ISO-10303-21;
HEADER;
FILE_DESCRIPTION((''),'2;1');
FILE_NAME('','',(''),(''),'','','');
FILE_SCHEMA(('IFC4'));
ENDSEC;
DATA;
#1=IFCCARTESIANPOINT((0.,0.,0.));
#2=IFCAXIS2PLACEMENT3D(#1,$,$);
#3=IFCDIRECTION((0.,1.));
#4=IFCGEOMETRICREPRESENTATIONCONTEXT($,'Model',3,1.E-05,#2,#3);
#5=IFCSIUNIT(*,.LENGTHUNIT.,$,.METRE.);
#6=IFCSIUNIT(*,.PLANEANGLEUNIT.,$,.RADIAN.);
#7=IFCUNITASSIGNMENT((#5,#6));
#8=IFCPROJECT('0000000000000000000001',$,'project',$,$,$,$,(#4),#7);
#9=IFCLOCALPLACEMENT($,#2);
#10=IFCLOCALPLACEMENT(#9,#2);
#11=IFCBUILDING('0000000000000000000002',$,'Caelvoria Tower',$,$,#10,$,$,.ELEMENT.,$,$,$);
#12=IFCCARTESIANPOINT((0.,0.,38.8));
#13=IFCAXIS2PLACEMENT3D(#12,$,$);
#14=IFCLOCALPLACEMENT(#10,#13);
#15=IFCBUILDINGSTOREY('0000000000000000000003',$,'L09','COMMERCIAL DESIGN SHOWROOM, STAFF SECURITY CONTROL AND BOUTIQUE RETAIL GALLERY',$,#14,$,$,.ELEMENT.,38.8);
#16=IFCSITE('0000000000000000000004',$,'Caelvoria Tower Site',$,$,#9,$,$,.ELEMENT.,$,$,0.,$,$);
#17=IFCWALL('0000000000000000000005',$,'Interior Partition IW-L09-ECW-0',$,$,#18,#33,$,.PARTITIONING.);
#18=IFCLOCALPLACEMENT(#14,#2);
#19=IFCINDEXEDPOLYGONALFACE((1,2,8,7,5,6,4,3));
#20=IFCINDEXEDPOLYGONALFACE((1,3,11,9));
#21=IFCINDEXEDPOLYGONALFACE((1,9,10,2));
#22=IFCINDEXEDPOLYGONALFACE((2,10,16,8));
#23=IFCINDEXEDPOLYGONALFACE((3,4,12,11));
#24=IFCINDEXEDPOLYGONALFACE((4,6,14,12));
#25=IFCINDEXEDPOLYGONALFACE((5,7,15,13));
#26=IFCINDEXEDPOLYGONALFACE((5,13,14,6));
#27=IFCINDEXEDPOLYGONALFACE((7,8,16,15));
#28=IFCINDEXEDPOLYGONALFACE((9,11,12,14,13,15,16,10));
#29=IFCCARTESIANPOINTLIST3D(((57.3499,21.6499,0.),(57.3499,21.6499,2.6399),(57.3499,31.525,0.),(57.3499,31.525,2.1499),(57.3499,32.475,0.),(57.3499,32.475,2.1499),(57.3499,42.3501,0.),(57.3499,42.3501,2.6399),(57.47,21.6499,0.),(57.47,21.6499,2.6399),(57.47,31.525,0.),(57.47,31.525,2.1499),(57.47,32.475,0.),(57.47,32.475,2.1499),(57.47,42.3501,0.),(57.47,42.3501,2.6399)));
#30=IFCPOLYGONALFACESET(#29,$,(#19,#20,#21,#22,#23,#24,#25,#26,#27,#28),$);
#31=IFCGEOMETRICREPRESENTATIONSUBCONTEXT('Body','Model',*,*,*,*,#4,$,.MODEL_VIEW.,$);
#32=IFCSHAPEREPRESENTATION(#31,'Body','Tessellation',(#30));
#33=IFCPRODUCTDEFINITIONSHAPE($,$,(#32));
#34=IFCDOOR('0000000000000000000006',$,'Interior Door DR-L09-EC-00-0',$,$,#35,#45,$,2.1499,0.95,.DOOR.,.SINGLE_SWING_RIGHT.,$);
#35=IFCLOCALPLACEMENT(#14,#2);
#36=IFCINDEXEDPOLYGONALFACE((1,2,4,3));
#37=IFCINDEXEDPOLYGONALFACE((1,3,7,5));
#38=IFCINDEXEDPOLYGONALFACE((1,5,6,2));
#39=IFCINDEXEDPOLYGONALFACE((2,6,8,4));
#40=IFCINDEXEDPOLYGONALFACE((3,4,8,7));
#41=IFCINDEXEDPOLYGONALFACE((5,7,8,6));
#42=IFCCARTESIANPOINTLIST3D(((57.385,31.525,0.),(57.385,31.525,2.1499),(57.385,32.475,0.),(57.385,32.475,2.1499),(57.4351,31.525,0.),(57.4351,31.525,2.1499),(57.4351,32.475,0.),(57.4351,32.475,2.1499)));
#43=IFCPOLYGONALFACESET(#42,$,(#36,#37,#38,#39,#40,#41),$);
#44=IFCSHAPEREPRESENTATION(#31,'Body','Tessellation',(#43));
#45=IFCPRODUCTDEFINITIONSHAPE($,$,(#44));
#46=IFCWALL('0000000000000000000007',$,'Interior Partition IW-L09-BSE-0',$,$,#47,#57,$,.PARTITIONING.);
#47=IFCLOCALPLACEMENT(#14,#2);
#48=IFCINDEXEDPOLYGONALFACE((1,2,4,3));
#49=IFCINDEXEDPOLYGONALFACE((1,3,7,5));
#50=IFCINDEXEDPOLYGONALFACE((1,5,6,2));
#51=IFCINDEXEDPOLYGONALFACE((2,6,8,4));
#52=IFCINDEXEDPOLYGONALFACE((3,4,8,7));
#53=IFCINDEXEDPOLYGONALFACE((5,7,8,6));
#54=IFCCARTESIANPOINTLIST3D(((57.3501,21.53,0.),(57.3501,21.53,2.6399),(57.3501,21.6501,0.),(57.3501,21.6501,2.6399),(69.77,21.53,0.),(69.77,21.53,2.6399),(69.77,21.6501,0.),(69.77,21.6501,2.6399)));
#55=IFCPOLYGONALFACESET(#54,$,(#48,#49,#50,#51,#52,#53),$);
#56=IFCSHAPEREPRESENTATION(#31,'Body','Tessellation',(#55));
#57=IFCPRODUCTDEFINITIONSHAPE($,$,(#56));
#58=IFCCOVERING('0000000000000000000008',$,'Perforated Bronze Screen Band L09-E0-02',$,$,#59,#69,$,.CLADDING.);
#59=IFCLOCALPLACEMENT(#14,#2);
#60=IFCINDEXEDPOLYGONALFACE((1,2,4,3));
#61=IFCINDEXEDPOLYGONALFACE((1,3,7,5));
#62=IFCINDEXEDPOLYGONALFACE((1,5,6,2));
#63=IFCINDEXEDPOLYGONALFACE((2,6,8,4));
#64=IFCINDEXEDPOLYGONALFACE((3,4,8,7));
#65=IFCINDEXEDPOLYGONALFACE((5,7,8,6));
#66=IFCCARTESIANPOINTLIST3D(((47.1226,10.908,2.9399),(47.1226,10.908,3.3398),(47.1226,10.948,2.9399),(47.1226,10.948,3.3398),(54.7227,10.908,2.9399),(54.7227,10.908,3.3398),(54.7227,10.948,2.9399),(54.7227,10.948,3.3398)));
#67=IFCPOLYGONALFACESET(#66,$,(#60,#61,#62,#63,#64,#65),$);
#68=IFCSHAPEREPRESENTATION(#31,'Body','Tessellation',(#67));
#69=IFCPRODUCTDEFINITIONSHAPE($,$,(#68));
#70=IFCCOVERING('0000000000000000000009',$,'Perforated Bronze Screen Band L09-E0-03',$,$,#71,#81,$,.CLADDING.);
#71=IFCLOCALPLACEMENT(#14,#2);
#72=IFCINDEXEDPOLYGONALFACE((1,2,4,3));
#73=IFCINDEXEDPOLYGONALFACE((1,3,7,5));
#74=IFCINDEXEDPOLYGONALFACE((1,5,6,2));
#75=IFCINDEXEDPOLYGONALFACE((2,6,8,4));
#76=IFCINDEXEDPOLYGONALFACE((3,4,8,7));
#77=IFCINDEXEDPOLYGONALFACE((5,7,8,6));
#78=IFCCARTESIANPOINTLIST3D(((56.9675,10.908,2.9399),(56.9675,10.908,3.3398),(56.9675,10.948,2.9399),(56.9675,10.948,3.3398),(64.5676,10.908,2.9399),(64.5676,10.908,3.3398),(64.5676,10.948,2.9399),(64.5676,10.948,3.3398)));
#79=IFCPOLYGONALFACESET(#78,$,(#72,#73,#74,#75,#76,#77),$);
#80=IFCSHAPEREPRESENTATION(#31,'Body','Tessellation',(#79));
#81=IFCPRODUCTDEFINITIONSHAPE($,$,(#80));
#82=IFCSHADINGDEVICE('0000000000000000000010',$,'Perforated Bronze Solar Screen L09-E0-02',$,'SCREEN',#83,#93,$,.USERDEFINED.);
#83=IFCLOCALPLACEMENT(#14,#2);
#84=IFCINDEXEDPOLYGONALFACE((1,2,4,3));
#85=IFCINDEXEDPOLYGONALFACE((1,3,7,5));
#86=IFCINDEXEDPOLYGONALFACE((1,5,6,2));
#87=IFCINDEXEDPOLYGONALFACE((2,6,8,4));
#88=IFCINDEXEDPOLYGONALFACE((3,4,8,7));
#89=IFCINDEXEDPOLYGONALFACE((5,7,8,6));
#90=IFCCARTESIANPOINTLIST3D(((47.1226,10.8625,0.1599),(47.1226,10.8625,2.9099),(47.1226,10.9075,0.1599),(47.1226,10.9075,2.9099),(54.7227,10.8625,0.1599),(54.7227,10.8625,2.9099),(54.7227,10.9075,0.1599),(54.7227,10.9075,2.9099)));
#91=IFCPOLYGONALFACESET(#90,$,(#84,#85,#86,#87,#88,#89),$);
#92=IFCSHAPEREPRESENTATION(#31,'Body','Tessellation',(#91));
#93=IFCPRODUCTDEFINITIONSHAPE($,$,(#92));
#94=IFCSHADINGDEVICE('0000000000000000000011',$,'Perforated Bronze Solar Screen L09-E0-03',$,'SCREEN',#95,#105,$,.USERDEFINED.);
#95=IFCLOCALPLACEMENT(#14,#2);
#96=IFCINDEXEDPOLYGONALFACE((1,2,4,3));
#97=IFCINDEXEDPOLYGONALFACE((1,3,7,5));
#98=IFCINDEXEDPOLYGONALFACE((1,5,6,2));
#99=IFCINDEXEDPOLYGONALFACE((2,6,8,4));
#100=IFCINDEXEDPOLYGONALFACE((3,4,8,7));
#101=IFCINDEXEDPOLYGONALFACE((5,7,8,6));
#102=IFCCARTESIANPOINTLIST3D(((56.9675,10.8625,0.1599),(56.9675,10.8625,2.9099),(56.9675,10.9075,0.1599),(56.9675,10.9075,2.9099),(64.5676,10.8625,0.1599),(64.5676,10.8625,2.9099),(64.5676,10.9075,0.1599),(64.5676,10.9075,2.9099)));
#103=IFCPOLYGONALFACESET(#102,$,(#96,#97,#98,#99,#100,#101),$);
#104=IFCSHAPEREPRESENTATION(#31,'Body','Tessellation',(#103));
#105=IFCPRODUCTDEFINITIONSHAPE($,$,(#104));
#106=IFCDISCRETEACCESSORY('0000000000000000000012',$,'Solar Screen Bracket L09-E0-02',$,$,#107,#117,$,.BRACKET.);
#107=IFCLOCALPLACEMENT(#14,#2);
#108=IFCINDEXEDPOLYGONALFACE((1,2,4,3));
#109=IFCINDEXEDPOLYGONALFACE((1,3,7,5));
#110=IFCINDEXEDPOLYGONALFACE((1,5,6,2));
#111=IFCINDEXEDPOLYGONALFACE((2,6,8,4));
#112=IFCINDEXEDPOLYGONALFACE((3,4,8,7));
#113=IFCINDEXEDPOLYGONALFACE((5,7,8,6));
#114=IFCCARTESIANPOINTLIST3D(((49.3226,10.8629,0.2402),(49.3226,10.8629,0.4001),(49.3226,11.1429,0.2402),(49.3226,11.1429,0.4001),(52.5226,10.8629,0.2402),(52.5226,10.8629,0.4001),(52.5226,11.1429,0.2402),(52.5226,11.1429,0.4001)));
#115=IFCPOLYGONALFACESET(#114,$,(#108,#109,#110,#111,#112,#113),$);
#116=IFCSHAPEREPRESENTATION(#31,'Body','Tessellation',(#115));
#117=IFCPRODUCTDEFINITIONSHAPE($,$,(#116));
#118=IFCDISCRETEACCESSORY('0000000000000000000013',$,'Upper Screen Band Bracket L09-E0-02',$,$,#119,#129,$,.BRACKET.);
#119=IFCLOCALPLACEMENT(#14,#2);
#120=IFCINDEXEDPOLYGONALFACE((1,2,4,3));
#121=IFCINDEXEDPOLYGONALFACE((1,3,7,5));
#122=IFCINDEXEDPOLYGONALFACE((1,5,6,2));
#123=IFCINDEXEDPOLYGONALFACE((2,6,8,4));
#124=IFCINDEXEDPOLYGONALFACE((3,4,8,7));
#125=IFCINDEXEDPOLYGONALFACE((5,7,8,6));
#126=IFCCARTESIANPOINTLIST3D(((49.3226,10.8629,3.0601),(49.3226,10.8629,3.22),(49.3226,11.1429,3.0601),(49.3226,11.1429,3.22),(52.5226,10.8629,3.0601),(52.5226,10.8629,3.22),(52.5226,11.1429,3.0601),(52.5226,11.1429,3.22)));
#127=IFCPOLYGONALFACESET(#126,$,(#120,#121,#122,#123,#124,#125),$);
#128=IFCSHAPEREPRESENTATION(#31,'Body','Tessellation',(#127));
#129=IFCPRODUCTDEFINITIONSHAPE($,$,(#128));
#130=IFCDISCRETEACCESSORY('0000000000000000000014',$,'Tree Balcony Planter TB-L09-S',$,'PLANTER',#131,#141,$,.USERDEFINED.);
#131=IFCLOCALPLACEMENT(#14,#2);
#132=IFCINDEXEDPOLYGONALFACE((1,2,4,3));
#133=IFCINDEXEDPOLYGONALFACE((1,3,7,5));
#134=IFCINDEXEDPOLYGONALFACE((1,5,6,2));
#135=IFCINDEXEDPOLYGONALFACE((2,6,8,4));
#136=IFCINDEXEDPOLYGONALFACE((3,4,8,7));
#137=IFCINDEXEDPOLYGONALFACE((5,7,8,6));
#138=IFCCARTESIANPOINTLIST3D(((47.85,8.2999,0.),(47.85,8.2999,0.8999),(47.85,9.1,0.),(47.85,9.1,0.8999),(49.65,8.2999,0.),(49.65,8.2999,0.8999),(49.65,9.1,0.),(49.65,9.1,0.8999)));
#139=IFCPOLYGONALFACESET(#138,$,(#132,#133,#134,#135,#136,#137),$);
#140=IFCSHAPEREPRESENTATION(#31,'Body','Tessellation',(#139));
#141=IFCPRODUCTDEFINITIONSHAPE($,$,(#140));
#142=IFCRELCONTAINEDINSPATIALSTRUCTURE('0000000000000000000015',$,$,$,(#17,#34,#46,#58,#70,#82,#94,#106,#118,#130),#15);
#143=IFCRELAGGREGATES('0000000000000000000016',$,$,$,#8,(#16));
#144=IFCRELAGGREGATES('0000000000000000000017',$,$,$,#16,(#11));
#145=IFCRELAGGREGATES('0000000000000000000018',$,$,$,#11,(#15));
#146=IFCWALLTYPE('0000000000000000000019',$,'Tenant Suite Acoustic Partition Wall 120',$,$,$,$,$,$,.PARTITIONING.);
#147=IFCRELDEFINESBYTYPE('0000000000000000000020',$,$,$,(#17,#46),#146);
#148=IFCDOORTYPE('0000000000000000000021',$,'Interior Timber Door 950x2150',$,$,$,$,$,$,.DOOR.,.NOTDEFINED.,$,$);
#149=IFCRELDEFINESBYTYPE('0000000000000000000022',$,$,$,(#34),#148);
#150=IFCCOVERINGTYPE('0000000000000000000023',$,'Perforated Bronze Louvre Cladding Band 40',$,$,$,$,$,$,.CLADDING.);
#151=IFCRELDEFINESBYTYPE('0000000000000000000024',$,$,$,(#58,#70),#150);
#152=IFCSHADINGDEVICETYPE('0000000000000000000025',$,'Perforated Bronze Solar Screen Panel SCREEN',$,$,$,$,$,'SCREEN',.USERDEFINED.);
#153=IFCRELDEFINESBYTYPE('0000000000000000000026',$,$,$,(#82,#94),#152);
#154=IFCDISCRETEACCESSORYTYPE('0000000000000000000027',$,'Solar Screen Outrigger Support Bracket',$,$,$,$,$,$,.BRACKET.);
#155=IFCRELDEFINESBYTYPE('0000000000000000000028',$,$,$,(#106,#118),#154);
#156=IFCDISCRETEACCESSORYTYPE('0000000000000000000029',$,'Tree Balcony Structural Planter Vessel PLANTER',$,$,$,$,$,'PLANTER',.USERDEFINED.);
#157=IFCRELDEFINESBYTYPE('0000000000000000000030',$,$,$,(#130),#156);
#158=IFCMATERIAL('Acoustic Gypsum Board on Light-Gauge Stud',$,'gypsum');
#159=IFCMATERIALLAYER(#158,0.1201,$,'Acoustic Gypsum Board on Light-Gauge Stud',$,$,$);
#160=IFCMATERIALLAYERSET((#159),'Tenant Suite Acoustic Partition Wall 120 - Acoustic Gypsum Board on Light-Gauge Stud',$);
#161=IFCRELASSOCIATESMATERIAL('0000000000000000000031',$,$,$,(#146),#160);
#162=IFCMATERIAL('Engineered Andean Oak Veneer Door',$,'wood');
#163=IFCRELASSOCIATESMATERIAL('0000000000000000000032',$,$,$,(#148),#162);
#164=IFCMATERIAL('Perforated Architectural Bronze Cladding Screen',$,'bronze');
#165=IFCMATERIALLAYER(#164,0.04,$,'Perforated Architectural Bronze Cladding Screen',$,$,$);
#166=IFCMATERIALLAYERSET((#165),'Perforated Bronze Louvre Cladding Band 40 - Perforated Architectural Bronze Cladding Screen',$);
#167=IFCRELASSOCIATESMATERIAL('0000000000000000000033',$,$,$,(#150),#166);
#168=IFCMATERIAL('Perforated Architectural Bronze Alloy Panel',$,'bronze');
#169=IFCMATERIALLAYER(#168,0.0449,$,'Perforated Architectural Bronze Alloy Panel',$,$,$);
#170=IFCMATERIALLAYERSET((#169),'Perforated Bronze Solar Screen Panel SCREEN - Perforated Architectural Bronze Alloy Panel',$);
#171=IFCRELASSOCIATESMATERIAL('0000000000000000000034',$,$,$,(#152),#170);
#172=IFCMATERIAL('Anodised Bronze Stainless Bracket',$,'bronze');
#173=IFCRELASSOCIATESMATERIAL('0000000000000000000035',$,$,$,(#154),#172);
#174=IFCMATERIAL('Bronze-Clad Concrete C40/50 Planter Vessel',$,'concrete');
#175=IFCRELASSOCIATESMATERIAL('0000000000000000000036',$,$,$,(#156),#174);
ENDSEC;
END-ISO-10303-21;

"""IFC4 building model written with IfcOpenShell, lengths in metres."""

from ifc_helpers import new_model, si_unit, direction, frame, frame_2d, origin, origin_2d, place, context, subcontext, project, spatial, rectangle, extrude, material, layer, layer_set, type_object, element, fill, save


model = new_model("IFC4")

# Units and contexts
model_context = context("Model", 3, precision=1e-05, world=origin(), true_north=direction((0.0, 1.0)))
body_context = subcontext(model_context, "Body", "Model", "MODEL_VIEW")
ifc_project = project(units=[si_unit("LENGTHUNIT", "METRE"), si_unit("PLANEANGLEUNIT", "RADIAN")], contexts=[model_context])

# Site, building, storey
site_placement = place(None, origin())
site = spatial("IfcSite", under=ifc_project, at=site_placement, Name="Caelvoria Tower Site", CompositionType="ELEMENT", RefElevation=0.0)
building_placement = place(site_placement, origin())
building = spatial("IfcBuilding", under=site, at=building_placement, Name="Caelvoria Tower", CompositionType="ELEMENT")
storey_placement = place(building_placement, frame((0.0, 0.0, 38.8)))
storey = spatial("IfcBuildingStorey", under=building, at=storey_placement, Name="L09", Description="COMMERCIAL DESIGN SHOWROOM, STAFF SECURITY CONTROL AND BOUTIQUE RETAIL GALLERY", CompositionType="ELEMENT", Elevation=38.8)

# Wall, opening, door
ifc_material_1 = material(Name="Acoustic Gypsum Board on Light-Gauge Stud", Category="gypsum")
ifc_layer_1 = layer(ifc_material_1, 0.1201, Name="Acoustic Gypsum Board on Light-Gauge Stud")
ifc_layer_set_1 = layer_set([ifc_layer_1], Name="Tenant Suite Acoustic Partition Wall 120 - Acoustic Gypsum Board on Light-Gauge Stud")
wall_type_1 = type_object("IfcWallType", Name="Tenant Suite Acoustic Partition Wall 120", PredefinedType="PARTITIONING", material=ifc_layer_set_1)
ifc_material_2 = material(Name="Engineered Andean Oak Veneer Door", Category="wood")
wall_1_placement = place(storey_placement, frame((57.4099, 21.6499, 0.0), z_axis=(0.0, 0.0, 1.0), x_axis=(0.0, 1.0, 0.0)))
wall_1 = element("IfcWall", 1, at=wall_1_placement, inside=storey, type_object=wall_type_1, Name="Interior Partition IW-L09-ECW-0", PredefinedType="PARTITIONING", context=body_context, shape_type="SweptSolid", body=[
    extrude(rectangle(XDim=20.7002, YDim=0.1201, at=frame_2d((10.3501, 0.0))), origin(), (0.0, 0.0, 1.0), 2.6399),
])
opening_1_placement = place(wall_1_placement, frame((9.875, 0.0, 0.0)))
opening_1 = element("IfcOpeningElement", 2, at=opening_1_placement, cuts=wall_1, PredefinedType="OPENING", context=body_context, shape_type="SweptSolid", body=[
    extrude(rectangle(XDim=0.95, YDim=2.1499, at=frame_2d((0.4751, 1.075))), frame((0.0, 0.0701, 0.0), z_axis=(0.0, -1.0, 0.0), x_axis=(1.0, 0.0, 0.0)), (0.0, 0.0, 1.0), 0.1401),
])
door_type_1 = type_object("IfcDoorType", Name="Interior Timber Door 950x2150", OperationType="NOTDEFINED", PredefinedType="DOOR", material=ifc_material_2)
door_1_placement = place(opening_1_placement, origin())
door_1 = element("IfcDoor", 3, at=door_1_placement, inside=storey, type_object=door_type_1, Name="Interior Door DR-L09-EC-00-0", OperationType="SINGLE_SWING_RIGHT", OverallHeight=2.1499, OverallWidth=0.95, PredefinedType="DOOR", context=body_context, shape_type="SweptSolid", body=[
    extrude(rectangle(XDim=0.95, YDim=2.1499, at=frame_2d((0.4751, 1.075))), frame((0.0, 0.0249, 0.0), z_axis=(0.0, -1.0, 0.0), x_axis=(1.0, 0.0, 0.0)), (0.0, 0.0, 1.0), 0.05),
])
fill(opening_1, door_1)

# Wall
wall_2_placement = place(storey_placement, frame((57.3501, 21.5901, 0.0), z_axis=(0.0, 0.0, 1.0), x_axis=(1.0, 0.0, 0.0)))
element("IfcWall", 4, at=wall_2_placement, inside=storey, type_object=wall_type_1, Name="Interior Partition IW-L09-BSE-0", PredefinedType="PARTITIONING", context=body_context, shape_type="SweptSolid", body=[
    extrude(rectangle(XDim=12.4199, YDim=0.1201, at=frame_2d((6.21, 0.0))), origin(), (0.0, 0.0, 1.0), 2.6399),
])

# Coverings
ifc_material_3 = material(Name="Perforated Architectural Bronze Cladding Screen", Category="bronze")
ifc_layer_2 = layer(ifc_material_3, 0.04, Name="Perforated Architectural Bronze Cladding Screen")
ifc_layer_set_2 = layer_set([ifc_layer_2], Name="Perforated Bronze Louvre Cladding Band 40 - Perforated Architectural Bronze Cladding Screen")
covering_type = type_object("IfcCoveringType", Name="Perforated Bronze Louvre Cladding Band 40", PredefinedType="CLADDING", material=ifc_layer_set_2)
for number, where, z_axis, x_axis, name in (
    (5, (50.9226, 10.928, 2.9399), (0.0, 0.0, 1.0), (1.0, 0.0, 0.0), "Perforated Bronze Screen Band L09-E0-02"),
    (6, (60.7676, 10.928, 2.9399), (0.0, 0.0, 1.0), (1.0, 0.0, 0.0), "Perforated Bronze Screen Band L09-E0-03"),
):
    element("IfcCovering", number, at=place(storey_placement, frame(where, z_axis=z_axis, x_axis=x_axis)), inside=storey, type_object=covering_type, Name=name, PredefinedType="CLADDING", context=body_context, shape_type="SweptSolid", body=[
        extrude(rectangle(XDim=7.6001, YDim=0.04, at=origin_2d()), origin(), (0.0, 0.0, 1.0), 0.3999),
    ])

# Shading devices
ifc_material_4 = material(Name="Perforated Architectural Bronze Alloy Panel", Category="bronze")
ifc_layer_3 = layer(ifc_material_4, 0.0449, Name="Perforated Architectural Bronze Alloy Panel")
ifc_layer_set_3 = layer_set([ifc_layer_3], Name="Perforated Bronze Solar Screen Panel SCREEN - Perforated Architectural Bronze Alloy Panel")
shading_device_type = type_object("IfcShadingDeviceType", Name="Perforated Bronze Solar Screen Panel SCREEN", ElementType="SCREEN", PredefinedType="USERDEFINED", material=ifc_layer_set_3)
for number, where, z_axis, x_axis, name in (
    (7, (50.9226, 10.885, 0.1599), (0.0, 0.0, 1.0), (1.0, 0.0, 0.0), "Perforated Bronze Solar Screen L09-E0-02"),
    (8, (60.7676, 10.885, 0.1599), (0.0, 0.0, 1.0), (1.0, 0.0, 0.0), "Perforated Bronze Solar Screen L09-E0-03"),
):
    element("IfcShadingDevice", number, at=place(storey_placement, frame(where, z_axis=z_axis, x_axis=x_axis)), inside=storey, type_object=shading_device_type, Name=name, ObjectType="SCREEN", PredefinedType="USERDEFINED", context=body_context, shape_type="SweptSolid", body=[
        extrude(rectangle(XDim=7.6001, YDim=0.0449, at=origin_2d()), origin(), (0.0, 0.0, 1.0), 2.75),
    ])

# Discrete accessories
ifc_material_5 = material(Name="Anodised Bronze Stainless Bracket", Category="bronze")
discrete_accessory_type_1 = type_object("IfcDiscreteAccessoryType", Name="Solar Screen Outrigger Support Bracket", PredefinedType="BRACKET", material=ifc_material_5)
for number, where, z_axis, x_axis, name in (
    (9, (50.9226, 11.0029, 0.2402), (0.0, 0.0, 1.0), (1.0, 0.0, 0.0), "Solar Screen Bracket L09-E0-02"),
    (10, (50.9226, 11.0029, 3.0601), (0.0, 0.0, 1.0), (1.0, 0.0, 0.0), "Upper Screen Band Bracket L09-E0-02"),
):
    element("IfcDiscreteAccessory", number, at=place(storey_placement, frame(where, z_axis=z_axis, x_axis=x_axis)), inside=storey, type_object=discrete_accessory_type_1, Name=name, PredefinedType="BRACKET", context=body_context, shape_type="SweptSolid", body=[
        extrude(rectangle(XDim=3.2, YDim=0.28, at=origin_2d()), origin(), (0.0, 0.0, 1.0), 0.1599),
    ])
ifc_material_6 = material(Name="Bronze-Clad Concrete C40/50 Planter Vessel", Category="concrete")
discrete_accessory_type_2 = type_object("IfcDiscreteAccessoryType", Name="Tree Balcony Structural Planter Vessel PLANTER", ElementType="PLANTER", PredefinedType="USERDEFINED", material=ifc_material_6)
discrete_accessory_placement = place(storey_placement, frame((48.75, 8.7, 0.0), z_axis=(0.0, 0.0, 1.0), x_axis=(1.0, 0.0, 0.0)))
element("IfcDiscreteAccessory", 11, at=discrete_accessory_placement, inside=storey, type_object=discrete_accessory_type_2, Name="Tree Balcony Planter TB-L09-S", ObjectType="PLANTER", PredefinedType="USERDEFINED", context=body_context, shape_type="SweptSolid", body=[
    extrude(rectangle(XDim=1.8, YDim=0.8, at=origin_2d()), origin(), (0.0, 0.0, 1.0), 0.8999),
])

save(model, "model.ifc")
